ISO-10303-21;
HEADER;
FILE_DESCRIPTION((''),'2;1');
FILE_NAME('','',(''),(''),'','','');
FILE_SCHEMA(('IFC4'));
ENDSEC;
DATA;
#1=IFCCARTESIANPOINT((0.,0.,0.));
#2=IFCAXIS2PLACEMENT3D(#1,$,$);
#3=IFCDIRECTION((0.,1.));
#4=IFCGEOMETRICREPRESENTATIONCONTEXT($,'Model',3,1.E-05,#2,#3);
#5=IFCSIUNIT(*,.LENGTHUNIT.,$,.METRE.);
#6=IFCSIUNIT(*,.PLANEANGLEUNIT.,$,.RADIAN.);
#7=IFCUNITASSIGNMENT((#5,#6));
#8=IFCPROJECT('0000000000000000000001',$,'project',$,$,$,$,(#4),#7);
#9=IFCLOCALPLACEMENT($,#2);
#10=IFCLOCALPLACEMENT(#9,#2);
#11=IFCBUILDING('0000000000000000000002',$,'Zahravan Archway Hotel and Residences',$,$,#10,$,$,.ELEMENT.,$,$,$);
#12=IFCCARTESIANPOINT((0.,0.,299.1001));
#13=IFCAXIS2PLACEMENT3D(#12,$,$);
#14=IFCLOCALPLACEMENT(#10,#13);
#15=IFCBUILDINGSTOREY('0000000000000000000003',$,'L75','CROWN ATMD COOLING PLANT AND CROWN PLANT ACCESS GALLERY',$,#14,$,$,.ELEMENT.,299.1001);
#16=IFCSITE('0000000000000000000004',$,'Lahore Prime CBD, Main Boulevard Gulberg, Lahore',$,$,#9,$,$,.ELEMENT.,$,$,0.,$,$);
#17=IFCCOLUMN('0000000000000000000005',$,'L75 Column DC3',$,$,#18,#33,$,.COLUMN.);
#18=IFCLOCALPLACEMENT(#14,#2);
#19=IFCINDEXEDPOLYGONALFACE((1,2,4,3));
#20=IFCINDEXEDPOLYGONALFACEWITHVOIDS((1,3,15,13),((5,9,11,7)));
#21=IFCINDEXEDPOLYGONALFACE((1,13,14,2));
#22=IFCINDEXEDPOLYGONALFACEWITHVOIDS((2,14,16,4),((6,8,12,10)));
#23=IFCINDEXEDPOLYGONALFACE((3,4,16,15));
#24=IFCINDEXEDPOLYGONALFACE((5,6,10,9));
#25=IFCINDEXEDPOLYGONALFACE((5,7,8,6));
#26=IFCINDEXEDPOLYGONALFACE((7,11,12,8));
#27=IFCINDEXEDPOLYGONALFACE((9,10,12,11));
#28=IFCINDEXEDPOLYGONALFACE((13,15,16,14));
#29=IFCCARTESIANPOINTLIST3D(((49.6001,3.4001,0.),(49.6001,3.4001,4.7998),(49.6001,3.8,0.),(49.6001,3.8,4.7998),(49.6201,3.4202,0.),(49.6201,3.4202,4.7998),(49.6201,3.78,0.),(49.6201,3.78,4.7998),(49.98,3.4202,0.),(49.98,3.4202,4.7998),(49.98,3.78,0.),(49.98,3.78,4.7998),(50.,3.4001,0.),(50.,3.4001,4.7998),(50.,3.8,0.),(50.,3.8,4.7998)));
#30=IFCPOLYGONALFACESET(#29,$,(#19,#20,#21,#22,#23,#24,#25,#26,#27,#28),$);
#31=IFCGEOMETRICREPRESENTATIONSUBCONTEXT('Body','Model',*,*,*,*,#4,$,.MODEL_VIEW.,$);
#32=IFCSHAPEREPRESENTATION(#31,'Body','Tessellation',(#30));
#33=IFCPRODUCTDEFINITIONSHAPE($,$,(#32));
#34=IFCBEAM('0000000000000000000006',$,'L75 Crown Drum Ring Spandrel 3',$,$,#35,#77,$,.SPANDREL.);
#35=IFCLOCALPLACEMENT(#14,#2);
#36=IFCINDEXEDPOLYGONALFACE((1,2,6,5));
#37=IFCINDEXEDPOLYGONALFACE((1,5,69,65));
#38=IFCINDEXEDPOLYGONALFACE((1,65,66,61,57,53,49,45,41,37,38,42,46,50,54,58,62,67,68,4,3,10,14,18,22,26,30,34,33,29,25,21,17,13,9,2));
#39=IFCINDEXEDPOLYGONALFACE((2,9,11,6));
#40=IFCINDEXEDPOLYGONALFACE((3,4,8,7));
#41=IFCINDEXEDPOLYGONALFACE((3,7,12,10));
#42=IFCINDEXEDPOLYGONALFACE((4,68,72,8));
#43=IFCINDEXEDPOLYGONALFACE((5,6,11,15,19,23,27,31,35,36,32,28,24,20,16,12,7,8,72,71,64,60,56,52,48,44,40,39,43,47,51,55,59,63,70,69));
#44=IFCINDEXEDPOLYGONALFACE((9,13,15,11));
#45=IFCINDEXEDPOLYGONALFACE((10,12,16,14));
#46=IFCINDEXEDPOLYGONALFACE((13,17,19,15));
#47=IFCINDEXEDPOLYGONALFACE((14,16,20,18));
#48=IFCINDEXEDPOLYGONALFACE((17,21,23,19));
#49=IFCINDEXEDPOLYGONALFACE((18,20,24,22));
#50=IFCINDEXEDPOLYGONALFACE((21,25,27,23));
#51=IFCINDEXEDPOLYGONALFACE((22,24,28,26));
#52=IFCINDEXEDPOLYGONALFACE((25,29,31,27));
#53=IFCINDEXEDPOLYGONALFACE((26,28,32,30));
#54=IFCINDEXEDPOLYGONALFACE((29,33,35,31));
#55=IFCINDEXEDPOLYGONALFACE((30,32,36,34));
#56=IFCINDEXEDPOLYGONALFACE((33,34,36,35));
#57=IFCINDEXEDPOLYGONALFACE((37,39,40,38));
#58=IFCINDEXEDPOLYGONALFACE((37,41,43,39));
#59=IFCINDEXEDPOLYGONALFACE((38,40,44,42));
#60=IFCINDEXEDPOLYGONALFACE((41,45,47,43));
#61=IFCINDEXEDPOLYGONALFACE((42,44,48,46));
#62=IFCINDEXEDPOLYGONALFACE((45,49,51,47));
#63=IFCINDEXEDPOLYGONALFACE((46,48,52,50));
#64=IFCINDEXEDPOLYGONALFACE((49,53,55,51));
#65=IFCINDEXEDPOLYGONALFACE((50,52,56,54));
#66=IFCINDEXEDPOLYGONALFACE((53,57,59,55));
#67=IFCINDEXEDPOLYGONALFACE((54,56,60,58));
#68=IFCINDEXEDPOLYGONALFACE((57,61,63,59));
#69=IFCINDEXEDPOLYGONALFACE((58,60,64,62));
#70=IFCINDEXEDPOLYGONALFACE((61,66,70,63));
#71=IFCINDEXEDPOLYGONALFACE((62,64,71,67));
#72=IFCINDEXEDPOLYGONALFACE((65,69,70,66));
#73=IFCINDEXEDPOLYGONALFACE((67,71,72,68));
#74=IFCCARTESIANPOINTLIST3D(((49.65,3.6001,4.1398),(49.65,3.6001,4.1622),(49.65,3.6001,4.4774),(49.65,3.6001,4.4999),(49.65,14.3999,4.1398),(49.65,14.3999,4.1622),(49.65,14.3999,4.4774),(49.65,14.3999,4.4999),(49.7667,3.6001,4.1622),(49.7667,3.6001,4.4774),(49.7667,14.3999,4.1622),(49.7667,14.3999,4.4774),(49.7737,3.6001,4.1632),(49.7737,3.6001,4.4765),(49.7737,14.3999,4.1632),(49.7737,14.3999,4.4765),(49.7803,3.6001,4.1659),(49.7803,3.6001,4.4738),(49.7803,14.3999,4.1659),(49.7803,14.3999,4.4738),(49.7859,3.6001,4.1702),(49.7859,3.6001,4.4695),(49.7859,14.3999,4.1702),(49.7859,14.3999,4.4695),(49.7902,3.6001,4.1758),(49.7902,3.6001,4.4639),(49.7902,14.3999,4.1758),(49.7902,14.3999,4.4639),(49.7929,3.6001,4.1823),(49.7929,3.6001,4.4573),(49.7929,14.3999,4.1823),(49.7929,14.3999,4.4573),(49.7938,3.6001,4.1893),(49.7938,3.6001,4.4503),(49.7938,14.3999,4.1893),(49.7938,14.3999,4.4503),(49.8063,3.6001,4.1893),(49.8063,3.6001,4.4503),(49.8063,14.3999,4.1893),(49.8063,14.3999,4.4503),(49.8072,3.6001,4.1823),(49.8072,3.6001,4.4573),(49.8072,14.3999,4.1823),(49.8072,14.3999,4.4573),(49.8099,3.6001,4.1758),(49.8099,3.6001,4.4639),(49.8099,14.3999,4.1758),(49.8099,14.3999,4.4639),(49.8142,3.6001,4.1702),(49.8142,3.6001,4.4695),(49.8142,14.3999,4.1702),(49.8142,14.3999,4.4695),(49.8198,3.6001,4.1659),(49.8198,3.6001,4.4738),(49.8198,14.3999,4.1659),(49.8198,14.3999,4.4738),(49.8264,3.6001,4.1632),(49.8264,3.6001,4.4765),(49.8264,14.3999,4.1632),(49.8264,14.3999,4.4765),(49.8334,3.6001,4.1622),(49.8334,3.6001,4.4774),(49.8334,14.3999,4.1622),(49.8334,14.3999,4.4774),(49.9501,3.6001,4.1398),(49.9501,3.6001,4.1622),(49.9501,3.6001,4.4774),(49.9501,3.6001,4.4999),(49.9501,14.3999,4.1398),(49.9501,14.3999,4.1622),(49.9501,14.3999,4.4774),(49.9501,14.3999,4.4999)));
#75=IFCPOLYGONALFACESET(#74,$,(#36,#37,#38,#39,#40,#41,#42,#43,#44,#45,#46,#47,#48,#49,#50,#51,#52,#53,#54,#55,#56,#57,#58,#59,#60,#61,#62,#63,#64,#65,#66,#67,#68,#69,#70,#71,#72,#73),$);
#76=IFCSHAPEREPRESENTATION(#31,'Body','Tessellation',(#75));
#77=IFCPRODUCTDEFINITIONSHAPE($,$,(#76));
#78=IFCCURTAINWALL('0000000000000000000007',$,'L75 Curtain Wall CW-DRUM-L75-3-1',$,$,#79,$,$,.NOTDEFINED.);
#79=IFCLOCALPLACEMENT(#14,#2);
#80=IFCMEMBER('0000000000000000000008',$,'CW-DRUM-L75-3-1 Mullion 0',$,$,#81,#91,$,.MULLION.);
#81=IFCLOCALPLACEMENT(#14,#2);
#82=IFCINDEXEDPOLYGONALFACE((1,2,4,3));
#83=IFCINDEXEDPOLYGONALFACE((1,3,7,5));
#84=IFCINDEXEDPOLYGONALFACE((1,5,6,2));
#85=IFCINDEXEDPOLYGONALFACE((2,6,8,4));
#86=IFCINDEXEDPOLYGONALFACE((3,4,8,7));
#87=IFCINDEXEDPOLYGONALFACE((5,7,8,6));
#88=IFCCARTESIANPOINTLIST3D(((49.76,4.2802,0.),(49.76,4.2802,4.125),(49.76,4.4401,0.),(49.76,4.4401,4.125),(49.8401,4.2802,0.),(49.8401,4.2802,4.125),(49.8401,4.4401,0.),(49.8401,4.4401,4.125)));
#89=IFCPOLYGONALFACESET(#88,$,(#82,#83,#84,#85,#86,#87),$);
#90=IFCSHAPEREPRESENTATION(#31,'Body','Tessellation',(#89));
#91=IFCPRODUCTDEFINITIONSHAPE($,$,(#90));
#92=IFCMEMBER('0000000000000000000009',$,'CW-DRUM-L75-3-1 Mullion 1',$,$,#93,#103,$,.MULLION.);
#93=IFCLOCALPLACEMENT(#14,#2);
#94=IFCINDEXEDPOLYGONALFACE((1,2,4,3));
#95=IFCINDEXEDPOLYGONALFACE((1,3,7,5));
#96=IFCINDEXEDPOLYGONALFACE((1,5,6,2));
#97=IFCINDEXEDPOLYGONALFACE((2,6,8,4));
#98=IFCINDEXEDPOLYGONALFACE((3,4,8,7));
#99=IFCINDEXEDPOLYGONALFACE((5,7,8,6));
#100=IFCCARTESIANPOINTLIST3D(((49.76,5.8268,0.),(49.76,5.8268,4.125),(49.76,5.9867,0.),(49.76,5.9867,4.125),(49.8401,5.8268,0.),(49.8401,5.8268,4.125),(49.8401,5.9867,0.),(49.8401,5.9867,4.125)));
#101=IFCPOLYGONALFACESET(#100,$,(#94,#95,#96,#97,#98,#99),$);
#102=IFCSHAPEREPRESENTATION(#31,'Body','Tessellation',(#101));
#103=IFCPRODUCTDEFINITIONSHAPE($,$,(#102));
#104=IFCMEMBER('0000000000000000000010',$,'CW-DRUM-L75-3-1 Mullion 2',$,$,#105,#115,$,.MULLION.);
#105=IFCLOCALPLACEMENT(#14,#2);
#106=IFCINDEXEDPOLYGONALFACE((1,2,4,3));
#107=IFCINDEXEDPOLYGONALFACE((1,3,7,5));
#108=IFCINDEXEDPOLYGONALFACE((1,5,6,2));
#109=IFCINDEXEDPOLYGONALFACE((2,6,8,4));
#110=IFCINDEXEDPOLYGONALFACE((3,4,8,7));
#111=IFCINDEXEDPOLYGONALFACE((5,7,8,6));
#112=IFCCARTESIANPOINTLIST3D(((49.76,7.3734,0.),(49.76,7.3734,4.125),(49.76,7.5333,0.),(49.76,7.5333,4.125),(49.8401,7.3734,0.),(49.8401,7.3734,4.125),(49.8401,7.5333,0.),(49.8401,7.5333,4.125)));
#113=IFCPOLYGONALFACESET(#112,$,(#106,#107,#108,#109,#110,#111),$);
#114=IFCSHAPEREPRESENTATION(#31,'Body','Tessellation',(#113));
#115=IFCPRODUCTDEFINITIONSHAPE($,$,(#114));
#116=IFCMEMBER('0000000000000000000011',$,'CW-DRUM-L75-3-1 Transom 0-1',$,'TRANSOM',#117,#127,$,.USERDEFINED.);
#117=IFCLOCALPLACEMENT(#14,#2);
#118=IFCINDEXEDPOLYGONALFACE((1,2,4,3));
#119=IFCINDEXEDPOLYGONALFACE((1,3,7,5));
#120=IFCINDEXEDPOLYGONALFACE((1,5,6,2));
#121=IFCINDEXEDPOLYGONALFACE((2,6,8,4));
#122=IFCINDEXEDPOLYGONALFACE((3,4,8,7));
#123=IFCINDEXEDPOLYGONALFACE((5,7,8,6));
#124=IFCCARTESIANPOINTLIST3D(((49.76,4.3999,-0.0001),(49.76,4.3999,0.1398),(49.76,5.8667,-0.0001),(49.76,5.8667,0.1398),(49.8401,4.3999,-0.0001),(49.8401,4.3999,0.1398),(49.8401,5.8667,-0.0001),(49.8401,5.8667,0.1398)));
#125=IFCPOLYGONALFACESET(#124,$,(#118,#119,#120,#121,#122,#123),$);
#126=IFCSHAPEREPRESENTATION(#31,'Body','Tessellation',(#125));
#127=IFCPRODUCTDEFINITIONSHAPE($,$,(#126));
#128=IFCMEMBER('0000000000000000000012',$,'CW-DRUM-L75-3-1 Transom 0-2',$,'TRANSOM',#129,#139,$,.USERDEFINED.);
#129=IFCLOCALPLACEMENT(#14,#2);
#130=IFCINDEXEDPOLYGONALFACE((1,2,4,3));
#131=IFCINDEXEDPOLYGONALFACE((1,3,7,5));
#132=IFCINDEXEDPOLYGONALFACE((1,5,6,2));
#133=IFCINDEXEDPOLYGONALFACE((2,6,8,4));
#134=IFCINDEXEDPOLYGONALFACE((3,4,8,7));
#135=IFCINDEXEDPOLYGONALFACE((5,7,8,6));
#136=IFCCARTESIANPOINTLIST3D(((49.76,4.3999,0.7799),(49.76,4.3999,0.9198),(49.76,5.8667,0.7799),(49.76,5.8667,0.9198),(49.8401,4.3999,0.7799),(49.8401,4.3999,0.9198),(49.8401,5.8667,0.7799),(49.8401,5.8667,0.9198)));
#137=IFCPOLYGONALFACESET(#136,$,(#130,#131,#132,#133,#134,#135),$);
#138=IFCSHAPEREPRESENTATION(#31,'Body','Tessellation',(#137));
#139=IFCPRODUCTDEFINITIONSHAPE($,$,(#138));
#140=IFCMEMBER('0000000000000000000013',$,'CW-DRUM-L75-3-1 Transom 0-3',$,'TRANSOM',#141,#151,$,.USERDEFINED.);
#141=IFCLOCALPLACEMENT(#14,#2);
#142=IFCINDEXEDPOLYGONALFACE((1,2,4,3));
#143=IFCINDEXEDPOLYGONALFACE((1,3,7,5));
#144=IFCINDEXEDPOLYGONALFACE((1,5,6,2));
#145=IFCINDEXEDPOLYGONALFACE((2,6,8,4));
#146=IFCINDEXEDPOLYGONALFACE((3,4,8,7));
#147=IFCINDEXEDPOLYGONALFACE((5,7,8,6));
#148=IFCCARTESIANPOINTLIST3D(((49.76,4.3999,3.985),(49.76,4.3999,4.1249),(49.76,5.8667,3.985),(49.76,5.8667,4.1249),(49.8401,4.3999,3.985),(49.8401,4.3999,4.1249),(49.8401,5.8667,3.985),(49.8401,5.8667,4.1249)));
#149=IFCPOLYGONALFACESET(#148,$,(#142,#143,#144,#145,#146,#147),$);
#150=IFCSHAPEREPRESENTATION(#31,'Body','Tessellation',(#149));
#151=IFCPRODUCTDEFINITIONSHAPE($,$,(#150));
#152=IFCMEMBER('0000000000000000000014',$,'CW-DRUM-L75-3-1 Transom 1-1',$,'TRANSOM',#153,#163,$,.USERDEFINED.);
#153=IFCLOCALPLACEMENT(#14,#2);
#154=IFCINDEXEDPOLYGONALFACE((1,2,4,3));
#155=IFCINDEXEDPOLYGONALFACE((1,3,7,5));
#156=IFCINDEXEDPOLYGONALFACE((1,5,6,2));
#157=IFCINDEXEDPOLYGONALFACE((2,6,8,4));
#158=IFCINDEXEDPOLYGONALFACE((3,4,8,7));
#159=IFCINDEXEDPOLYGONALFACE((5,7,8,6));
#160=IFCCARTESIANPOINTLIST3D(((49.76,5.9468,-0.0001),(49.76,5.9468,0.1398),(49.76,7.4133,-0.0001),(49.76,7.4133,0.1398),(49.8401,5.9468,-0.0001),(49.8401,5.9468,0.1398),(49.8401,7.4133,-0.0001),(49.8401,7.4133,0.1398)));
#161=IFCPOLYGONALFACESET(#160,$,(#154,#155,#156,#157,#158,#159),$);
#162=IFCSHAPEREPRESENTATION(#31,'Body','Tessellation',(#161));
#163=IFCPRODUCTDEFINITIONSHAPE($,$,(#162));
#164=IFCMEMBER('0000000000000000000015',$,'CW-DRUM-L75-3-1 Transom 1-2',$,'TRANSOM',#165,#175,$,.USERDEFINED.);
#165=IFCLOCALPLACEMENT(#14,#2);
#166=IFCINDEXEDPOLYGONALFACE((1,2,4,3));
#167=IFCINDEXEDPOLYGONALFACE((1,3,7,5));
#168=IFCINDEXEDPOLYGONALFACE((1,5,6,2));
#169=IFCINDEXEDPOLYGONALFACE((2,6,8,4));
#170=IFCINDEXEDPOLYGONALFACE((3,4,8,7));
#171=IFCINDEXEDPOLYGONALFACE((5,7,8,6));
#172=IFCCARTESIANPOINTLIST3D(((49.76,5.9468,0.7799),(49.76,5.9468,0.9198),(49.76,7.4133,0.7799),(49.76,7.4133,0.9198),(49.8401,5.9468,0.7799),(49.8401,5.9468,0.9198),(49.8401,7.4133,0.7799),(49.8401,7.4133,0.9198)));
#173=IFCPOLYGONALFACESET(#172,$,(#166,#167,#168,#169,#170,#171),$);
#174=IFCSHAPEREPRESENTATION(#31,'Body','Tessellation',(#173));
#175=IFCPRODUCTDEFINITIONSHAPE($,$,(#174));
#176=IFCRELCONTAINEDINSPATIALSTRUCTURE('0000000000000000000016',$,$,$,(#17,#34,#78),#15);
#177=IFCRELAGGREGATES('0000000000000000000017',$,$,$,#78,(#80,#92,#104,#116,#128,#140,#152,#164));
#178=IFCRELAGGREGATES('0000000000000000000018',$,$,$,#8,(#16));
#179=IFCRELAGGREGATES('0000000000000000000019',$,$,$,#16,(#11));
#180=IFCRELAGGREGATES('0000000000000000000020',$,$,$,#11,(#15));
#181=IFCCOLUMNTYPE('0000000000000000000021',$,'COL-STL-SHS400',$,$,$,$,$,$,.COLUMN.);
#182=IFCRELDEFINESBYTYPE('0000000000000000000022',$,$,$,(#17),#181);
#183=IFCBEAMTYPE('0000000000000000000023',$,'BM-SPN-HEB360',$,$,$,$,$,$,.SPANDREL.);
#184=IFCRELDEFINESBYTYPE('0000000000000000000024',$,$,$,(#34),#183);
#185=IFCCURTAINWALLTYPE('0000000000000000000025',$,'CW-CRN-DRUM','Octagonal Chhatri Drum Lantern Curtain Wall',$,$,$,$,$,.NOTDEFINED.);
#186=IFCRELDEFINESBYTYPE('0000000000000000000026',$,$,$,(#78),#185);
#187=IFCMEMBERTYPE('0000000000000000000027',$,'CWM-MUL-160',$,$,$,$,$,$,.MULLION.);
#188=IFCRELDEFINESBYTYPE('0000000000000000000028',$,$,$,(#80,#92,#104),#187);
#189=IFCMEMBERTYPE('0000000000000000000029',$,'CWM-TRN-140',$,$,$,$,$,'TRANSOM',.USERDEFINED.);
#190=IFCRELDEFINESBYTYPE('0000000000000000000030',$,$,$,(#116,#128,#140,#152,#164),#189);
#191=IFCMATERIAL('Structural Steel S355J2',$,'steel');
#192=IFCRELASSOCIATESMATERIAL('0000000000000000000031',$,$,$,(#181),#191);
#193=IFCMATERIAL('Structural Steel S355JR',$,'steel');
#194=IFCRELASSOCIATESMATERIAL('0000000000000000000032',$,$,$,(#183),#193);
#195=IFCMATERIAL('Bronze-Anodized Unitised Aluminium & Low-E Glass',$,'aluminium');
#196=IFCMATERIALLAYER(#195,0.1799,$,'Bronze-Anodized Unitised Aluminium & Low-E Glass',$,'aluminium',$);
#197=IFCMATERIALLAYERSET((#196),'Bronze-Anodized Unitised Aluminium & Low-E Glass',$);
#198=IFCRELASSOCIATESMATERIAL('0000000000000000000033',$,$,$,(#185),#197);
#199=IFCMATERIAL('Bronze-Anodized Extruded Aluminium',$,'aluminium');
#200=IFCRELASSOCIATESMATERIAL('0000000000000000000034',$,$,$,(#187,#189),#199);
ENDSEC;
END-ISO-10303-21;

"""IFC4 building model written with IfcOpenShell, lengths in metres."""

from ifc_helpers import new_model, si_unit, direction, frame, origin, origin_2d, place, context, subcontext, project, spatial, rectangle, hollow_rectangle, i_section, extrude, source, transform, mapped, material, layer, layer_set, material_profile, profile_set, type_object, type_shapes, element, aggregate, save


model = new_model("IFC4")

# Units and contexts
model_context = context("Model", 3, precision=1e-05, world=origin(), true_north=direction((0.0, 1.0)))
body_context = subcontext(model_context, "Body", "Model", "MODEL_VIEW")
ifc_project = project(units=[si_unit("LENGTHUNIT", "METRE"), si_unit("PLANEANGLEUNIT", "RADIAN")], contexts=[model_context])

# Site, building, storey
site_placement = place(None, origin())
site = spatial("IfcSite", under=ifc_project, at=site_placement, Name="Lahore Prime CBD, Main Boulevard Gulberg, Lahore", CompositionType="ELEMENT", RefElevation=0.0)
building_placement = place(site_placement, origin())
building = spatial("IfcBuilding", under=site, at=building_placement, Name="Zahravan Archway Hotel and Residences", CompositionType="ELEMENT")
storey_placement = place(building_placement, frame((0.0, 0.0, 299.1001)))
storey = spatial("IfcBuildingStorey", under=building, at=storey_placement, Name="L75", Description="CROWN ATMD COOLING PLANT AND CROWN PLANT ACCESS GALLERY", CompositionType="ELEMENT", Elevation=299.1001)

# Column
ifc_material_1 = material(Name="Structural Steel S355J2", Category="steel")
ifc_material_profile_1 = material_profile(ifc_material_1, hollow_rectangle(XDim=0.3999, YDim=0.3999, WallThickness=0.02, at=origin_2d()), Name="SHS 400x400x20", Category="steel")
ifc_profile_set_1 = profile_set([ifc_material_profile_1], Name="Structural Steel S355J2")
column_type = type_object("IfcColumnType", Name="COL-STL-SHS400", PredefinedType="COLUMN", material=ifc_profile_set_1)
shared_shape_1 = source(origin(), body_context, "Body", "SweptSolid", [
    extrude(hollow_rectangle(XDim=0.3999, YDim=0.3999, WallThickness=0.02, at=origin_2d()), origin(), (0.0, 0.0, 1.0), 4.7998),
])
type_shapes(column_type, [shared_shape_1])
column_placement = place(storey_placement, frame((49.8, 3.6001, 0.0), z_axis=(0.0, 0.0, 1.0), x_axis=(1.0, 0.0, 0.0)))
element("IfcColumn", 1, at=column_placement, inside=storey, type_object=column_type, Name="L75 Column DC3", PredefinedType="COLUMN", context=body_context, shape_type="MappedRepresentation", body=[
    mapped(shared_shape_1, transform((0.0, 0.0, 0.0), scale=1.0)),
])

# Beam
ifc_material_2 = material(Name="Structural Steel S355JR", Category="steel")
ifc_material_profile_2 = material_profile(ifc_material_2, i_section(OverallWidth=0.3, OverallDepth=0.3601, WebThickness=0.0125, FlangeThickness=0.0225, FilletRadius=0.0271, at=origin_2d()), Name="HEB 360", Category="steel")
ifc_profile_set_2 = profile_set([ifc_material_profile_2], Name="Structural Steel S355JR")
beam_type = type_object("IfcBeamType", Name="BM-SPN-HEB360", PredefinedType="SPANDREL", material=ifc_profile_set_2)
shared_shape_2 = source(origin(), body_context, "Body", "SweptSolid", [
    extrude(i_section(OverallWidth=0.3, OverallDepth=0.3601, WebThickness=0.0125, FlangeThickness=0.0225, FilletRadius=0.0271, at=origin_2d()), origin(), (0.0, 0.0, 1.0), 10.7998),
])
beam_placement = place(storey_placement, frame((49.8, 3.6001, 4.3198), z_axis=(0.0, 1.0, 0.0), x_axis=(-1.0, 0.0, 0.0)))
element("IfcBeam", 2, at=beam_placement, inside=storey, type_object=beam_type, Name="L75 Crown Drum Ring Spandrel 3", PredefinedType="SPANDREL", context=body_context, shape_type="MappedRepresentation", body=[
    mapped(shared_shape_2, transform((0.0, 0.0, 0.0), scale=1.0)),
])

# Curtain wall, members
ifc_material_3 = material(Name="Bronze-Anodized Unitised Aluminium & Low-E Glass", Category="aluminium")
ifc_layer_1 = layer(ifc_material_3, 0.1799, Name="Bronze-Anodized Unitised Aluminium & Low-E Glass", Category="aluminium")
ifc_layer_set_1 = layer_set([ifc_layer_1], Name="Bronze-Anodized Unitised Aluminium & Low-E Glass")
curtain_wall_type = type_object("IfcCurtainWallType", Name="CW-CRN-DRUM", Description="Octagonal Chhatri Drum Lantern Curtain Wall", PredefinedType="NOTDEFINED", material=ifc_layer_set_1)
curtain_wall_placement = place(storey_placement, origin())
curtain_wall = element("IfcCurtainWall", 3, at=curtain_wall_placement, inside=storey, type_object=curtain_wall_type, Name="L75 Curtain Wall CW-DRUM-L75-3-1", PredefinedType="NOTDEFINED")
ifc_material_4 = material(Name="Bronze-Anodized Extruded Aluminium", Category="aluminium")
ifc_material_profile_3 = material_profile(ifc_material_4, rectangle(XDim=0.0801, YDim=0.1599, at=origin_2d()), Name="MUL 80x160", Category="aluminium")
ifc_profile_set_3 = profile_set([ifc_material_profile_3], Name="Bronze-Anodized Extruded Aluminium")
member_type_1 = type_object("IfcMemberType", Name="CWM-MUL-160", PredefinedType="MULLION", material=ifc_profile_set_3)
shared_shape_3 = source(origin(), body_context, "Body", "SweptSolid", [
    extrude(rectangle(XDim=0.0801, YDim=0.1599, at=origin_2d()), origin(), (0.0, 0.0, 1.0), 4.125),
])
member_1_placement = place(storey_placement, frame((49.8, 4.3601, 0.0), z_axis=(0.0, 0.0, 1.0), x_axis=(1.0, 0.0, 0.0)))
member_1 = element("IfcMember", 4, at=member_1_placement, type_object=member_type_1, Name="CW-DRUM-L75-3-1 Mullion 0", PredefinedType="MULLION", context=body_context, shape_type="MappedRepresentation", body=[
    mapped(shared_shape_3, transform((0.0, 0.0, 0.0), scale=1.0)),
])
member_2_placement = place(storey_placement, frame((49.8, 5.9067, 0.0), z_axis=(0.0, 0.0, 1.0), x_axis=(1.0, 0.0, 0.0)))
member_2 = element("IfcMember", 5, at=member_2_placement, type_object=member_type_1, Name="CW-DRUM-L75-3-1 Mullion 1", PredefinedType="MULLION", context=body_context, shape_type="MappedRepresentation", body=[
    mapped(shared_shape_3, transform((0.0, 0.0, 0.0), scale=1.0)),
])
member_3_placement = place(storey_placement, frame((49.8, 7.4534, 0.0), z_axis=(0.0, 0.0, 1.0), x_axis=(1.0, 0.0, 0.0)))
member_3 = element("IfcMember", 6, at=member_3_placement, type_object=member_type_1, Name="CW-DRUM-L75-3-1 Mullion 2", PredefinedType="MULLION", context=body_context, shape_type="MappedRepresentation", body=[
    mapped(shared_shape_3, transform((0.0, 0.0, 0.0), scale=1.0)),
])
ifc_material_profile_4 = material_profile(ifc_material_4, rectangle(XDim=0.0801, YDim=0.1399, at=origin_2d()), Name="TRN 80x140", Category="aluminium")
ifc_profile_set_4 = profile_set([ifc_material_profile_4], Name="Bronze-Anodized Extruded Aluminium")
member_type_2 = type_object("IfcMemberType", Name="CWM-TRN-140", ElementType="TRANSOM", PredefinedType="USERDEFINED", material=ifc_profile_set_4)
shared_shape_4 = source(origin(), body_context, "Body", "SweptSolid", [
    extrude(rectangle(XDim=0.0801, YDim=0.1399, at=origin_2d()), origin(), (0.0, 0.0, 1.0), 1.4668),
])
member_4_placement = place(storey_placement, frame((49.8, 4.3999, 0.0698), z_axis=(0.0, 1.0, 0.0), x_axis=(-1.0, 0.0, 0.0)))
member_4 = element("IfcMember", 7, at=member_4_placement, type_object=member_type_2, Name="CW-DRUM-L75-3-1 Transom 0-1", ObjectType="TRANSOM", PredefinedType="USERDEFINED", context=body_context, shape_type="MappedRepresentation", body=[
    mapped(shared_shape_4, transform((0.0, 0.0, 0.0), scale=1.0)),
])
member_5_placement = place(storey_placement, frame((49.8, 4.3999, 0.8499), z_axis=(0.0, 1.0, 0.0), x_axis=(-1.0, 0.0, 0.0)))
member_5 = element("IfcMember", 8, at=member_5_placement, type_object=member_type_2, Name="CW-DRUM-L75-3-1 Transom 0-2", ObjectType="TRANSOM", PredefinedType="USERDEFINED", context=body_context, shape_type="MappedRepresentation", body=[
    mapped(shared_shape_4, transform((0.0, 0.0, 0.0), scale=1.0)),
])
member_6_placement = place(storey_placement, frame((49.8, 4.3999, 4.0549), z_axis=(0.0, 1.0, 0.0), x_axis=(-1.0, 0.0, 0.0)))
member_6 = element("IfcMember", 9, at=member_6_placement, type_object=member_type_2, Name="CW-DRUM-L75-3-1 Transom 0-3", ObjectType="TRANSOM", PredefinedType="USERDEFINED", context=body_context, shape_type="MappedRepresentation", body=[
    mapped(shared_shape_4, transform((0.0, 0.0, 0.0), scale=1.0)),
])
shared_shape_5 = source(origin(), body_context, "Body", "SweptSolid", [
    extrude(rectangle(XDim=0.0801, YDim=0.1399, at=origin_2d()), origin(), (0.0, 0.0, 1.0), 1.4666),
])
member_7_placement = place(storey_placement, frame((49.8, 5.9468, 0.0698), z_axis=(0.0, 1.0, 0.0), x_axis=(-1.0, 0.0, 0.0)))
member_7 = element("IfcMember", 10, at=member_7_placement, type_object=member_type_2, Name="CW-DRUM-L75-3-1 Transom 1-1", ObjectType="TRANSOM", PredefinedType="USERDEFINED", context=body_context, shape_type="MappedRepresentation", body=[
    mapped(shared_shape_5, transform((0.0, 0.0, 0.0), scale=1.0)),
])
member_8_placement = place(storey_placement, frame((49.8, 5.9468, 0.8499), z_axis=(0.0, 1.0, 0.0), x_axis=(-1.0, 0.0, 0.0)))
member_8 = element("IfcMember", 11, at=member_8_placement, type_object=member_type_2, Name="CW-DRUM-L75-3-1 Transom 1-2", ObjectType="TRANSOM", PredefinedType="USERDEFINED", context=body_context, shape_type="MappedRepresentation", body=[
    mapped(shared_shape_5, transform((0.0, 0.0, 0.0), scale=1.0)),
])

aggregate(curtain_wall, [member_1, member_2, member_3, member_4, member_5, member_6, member_7, member_8])

save(model, "model.ifc")
